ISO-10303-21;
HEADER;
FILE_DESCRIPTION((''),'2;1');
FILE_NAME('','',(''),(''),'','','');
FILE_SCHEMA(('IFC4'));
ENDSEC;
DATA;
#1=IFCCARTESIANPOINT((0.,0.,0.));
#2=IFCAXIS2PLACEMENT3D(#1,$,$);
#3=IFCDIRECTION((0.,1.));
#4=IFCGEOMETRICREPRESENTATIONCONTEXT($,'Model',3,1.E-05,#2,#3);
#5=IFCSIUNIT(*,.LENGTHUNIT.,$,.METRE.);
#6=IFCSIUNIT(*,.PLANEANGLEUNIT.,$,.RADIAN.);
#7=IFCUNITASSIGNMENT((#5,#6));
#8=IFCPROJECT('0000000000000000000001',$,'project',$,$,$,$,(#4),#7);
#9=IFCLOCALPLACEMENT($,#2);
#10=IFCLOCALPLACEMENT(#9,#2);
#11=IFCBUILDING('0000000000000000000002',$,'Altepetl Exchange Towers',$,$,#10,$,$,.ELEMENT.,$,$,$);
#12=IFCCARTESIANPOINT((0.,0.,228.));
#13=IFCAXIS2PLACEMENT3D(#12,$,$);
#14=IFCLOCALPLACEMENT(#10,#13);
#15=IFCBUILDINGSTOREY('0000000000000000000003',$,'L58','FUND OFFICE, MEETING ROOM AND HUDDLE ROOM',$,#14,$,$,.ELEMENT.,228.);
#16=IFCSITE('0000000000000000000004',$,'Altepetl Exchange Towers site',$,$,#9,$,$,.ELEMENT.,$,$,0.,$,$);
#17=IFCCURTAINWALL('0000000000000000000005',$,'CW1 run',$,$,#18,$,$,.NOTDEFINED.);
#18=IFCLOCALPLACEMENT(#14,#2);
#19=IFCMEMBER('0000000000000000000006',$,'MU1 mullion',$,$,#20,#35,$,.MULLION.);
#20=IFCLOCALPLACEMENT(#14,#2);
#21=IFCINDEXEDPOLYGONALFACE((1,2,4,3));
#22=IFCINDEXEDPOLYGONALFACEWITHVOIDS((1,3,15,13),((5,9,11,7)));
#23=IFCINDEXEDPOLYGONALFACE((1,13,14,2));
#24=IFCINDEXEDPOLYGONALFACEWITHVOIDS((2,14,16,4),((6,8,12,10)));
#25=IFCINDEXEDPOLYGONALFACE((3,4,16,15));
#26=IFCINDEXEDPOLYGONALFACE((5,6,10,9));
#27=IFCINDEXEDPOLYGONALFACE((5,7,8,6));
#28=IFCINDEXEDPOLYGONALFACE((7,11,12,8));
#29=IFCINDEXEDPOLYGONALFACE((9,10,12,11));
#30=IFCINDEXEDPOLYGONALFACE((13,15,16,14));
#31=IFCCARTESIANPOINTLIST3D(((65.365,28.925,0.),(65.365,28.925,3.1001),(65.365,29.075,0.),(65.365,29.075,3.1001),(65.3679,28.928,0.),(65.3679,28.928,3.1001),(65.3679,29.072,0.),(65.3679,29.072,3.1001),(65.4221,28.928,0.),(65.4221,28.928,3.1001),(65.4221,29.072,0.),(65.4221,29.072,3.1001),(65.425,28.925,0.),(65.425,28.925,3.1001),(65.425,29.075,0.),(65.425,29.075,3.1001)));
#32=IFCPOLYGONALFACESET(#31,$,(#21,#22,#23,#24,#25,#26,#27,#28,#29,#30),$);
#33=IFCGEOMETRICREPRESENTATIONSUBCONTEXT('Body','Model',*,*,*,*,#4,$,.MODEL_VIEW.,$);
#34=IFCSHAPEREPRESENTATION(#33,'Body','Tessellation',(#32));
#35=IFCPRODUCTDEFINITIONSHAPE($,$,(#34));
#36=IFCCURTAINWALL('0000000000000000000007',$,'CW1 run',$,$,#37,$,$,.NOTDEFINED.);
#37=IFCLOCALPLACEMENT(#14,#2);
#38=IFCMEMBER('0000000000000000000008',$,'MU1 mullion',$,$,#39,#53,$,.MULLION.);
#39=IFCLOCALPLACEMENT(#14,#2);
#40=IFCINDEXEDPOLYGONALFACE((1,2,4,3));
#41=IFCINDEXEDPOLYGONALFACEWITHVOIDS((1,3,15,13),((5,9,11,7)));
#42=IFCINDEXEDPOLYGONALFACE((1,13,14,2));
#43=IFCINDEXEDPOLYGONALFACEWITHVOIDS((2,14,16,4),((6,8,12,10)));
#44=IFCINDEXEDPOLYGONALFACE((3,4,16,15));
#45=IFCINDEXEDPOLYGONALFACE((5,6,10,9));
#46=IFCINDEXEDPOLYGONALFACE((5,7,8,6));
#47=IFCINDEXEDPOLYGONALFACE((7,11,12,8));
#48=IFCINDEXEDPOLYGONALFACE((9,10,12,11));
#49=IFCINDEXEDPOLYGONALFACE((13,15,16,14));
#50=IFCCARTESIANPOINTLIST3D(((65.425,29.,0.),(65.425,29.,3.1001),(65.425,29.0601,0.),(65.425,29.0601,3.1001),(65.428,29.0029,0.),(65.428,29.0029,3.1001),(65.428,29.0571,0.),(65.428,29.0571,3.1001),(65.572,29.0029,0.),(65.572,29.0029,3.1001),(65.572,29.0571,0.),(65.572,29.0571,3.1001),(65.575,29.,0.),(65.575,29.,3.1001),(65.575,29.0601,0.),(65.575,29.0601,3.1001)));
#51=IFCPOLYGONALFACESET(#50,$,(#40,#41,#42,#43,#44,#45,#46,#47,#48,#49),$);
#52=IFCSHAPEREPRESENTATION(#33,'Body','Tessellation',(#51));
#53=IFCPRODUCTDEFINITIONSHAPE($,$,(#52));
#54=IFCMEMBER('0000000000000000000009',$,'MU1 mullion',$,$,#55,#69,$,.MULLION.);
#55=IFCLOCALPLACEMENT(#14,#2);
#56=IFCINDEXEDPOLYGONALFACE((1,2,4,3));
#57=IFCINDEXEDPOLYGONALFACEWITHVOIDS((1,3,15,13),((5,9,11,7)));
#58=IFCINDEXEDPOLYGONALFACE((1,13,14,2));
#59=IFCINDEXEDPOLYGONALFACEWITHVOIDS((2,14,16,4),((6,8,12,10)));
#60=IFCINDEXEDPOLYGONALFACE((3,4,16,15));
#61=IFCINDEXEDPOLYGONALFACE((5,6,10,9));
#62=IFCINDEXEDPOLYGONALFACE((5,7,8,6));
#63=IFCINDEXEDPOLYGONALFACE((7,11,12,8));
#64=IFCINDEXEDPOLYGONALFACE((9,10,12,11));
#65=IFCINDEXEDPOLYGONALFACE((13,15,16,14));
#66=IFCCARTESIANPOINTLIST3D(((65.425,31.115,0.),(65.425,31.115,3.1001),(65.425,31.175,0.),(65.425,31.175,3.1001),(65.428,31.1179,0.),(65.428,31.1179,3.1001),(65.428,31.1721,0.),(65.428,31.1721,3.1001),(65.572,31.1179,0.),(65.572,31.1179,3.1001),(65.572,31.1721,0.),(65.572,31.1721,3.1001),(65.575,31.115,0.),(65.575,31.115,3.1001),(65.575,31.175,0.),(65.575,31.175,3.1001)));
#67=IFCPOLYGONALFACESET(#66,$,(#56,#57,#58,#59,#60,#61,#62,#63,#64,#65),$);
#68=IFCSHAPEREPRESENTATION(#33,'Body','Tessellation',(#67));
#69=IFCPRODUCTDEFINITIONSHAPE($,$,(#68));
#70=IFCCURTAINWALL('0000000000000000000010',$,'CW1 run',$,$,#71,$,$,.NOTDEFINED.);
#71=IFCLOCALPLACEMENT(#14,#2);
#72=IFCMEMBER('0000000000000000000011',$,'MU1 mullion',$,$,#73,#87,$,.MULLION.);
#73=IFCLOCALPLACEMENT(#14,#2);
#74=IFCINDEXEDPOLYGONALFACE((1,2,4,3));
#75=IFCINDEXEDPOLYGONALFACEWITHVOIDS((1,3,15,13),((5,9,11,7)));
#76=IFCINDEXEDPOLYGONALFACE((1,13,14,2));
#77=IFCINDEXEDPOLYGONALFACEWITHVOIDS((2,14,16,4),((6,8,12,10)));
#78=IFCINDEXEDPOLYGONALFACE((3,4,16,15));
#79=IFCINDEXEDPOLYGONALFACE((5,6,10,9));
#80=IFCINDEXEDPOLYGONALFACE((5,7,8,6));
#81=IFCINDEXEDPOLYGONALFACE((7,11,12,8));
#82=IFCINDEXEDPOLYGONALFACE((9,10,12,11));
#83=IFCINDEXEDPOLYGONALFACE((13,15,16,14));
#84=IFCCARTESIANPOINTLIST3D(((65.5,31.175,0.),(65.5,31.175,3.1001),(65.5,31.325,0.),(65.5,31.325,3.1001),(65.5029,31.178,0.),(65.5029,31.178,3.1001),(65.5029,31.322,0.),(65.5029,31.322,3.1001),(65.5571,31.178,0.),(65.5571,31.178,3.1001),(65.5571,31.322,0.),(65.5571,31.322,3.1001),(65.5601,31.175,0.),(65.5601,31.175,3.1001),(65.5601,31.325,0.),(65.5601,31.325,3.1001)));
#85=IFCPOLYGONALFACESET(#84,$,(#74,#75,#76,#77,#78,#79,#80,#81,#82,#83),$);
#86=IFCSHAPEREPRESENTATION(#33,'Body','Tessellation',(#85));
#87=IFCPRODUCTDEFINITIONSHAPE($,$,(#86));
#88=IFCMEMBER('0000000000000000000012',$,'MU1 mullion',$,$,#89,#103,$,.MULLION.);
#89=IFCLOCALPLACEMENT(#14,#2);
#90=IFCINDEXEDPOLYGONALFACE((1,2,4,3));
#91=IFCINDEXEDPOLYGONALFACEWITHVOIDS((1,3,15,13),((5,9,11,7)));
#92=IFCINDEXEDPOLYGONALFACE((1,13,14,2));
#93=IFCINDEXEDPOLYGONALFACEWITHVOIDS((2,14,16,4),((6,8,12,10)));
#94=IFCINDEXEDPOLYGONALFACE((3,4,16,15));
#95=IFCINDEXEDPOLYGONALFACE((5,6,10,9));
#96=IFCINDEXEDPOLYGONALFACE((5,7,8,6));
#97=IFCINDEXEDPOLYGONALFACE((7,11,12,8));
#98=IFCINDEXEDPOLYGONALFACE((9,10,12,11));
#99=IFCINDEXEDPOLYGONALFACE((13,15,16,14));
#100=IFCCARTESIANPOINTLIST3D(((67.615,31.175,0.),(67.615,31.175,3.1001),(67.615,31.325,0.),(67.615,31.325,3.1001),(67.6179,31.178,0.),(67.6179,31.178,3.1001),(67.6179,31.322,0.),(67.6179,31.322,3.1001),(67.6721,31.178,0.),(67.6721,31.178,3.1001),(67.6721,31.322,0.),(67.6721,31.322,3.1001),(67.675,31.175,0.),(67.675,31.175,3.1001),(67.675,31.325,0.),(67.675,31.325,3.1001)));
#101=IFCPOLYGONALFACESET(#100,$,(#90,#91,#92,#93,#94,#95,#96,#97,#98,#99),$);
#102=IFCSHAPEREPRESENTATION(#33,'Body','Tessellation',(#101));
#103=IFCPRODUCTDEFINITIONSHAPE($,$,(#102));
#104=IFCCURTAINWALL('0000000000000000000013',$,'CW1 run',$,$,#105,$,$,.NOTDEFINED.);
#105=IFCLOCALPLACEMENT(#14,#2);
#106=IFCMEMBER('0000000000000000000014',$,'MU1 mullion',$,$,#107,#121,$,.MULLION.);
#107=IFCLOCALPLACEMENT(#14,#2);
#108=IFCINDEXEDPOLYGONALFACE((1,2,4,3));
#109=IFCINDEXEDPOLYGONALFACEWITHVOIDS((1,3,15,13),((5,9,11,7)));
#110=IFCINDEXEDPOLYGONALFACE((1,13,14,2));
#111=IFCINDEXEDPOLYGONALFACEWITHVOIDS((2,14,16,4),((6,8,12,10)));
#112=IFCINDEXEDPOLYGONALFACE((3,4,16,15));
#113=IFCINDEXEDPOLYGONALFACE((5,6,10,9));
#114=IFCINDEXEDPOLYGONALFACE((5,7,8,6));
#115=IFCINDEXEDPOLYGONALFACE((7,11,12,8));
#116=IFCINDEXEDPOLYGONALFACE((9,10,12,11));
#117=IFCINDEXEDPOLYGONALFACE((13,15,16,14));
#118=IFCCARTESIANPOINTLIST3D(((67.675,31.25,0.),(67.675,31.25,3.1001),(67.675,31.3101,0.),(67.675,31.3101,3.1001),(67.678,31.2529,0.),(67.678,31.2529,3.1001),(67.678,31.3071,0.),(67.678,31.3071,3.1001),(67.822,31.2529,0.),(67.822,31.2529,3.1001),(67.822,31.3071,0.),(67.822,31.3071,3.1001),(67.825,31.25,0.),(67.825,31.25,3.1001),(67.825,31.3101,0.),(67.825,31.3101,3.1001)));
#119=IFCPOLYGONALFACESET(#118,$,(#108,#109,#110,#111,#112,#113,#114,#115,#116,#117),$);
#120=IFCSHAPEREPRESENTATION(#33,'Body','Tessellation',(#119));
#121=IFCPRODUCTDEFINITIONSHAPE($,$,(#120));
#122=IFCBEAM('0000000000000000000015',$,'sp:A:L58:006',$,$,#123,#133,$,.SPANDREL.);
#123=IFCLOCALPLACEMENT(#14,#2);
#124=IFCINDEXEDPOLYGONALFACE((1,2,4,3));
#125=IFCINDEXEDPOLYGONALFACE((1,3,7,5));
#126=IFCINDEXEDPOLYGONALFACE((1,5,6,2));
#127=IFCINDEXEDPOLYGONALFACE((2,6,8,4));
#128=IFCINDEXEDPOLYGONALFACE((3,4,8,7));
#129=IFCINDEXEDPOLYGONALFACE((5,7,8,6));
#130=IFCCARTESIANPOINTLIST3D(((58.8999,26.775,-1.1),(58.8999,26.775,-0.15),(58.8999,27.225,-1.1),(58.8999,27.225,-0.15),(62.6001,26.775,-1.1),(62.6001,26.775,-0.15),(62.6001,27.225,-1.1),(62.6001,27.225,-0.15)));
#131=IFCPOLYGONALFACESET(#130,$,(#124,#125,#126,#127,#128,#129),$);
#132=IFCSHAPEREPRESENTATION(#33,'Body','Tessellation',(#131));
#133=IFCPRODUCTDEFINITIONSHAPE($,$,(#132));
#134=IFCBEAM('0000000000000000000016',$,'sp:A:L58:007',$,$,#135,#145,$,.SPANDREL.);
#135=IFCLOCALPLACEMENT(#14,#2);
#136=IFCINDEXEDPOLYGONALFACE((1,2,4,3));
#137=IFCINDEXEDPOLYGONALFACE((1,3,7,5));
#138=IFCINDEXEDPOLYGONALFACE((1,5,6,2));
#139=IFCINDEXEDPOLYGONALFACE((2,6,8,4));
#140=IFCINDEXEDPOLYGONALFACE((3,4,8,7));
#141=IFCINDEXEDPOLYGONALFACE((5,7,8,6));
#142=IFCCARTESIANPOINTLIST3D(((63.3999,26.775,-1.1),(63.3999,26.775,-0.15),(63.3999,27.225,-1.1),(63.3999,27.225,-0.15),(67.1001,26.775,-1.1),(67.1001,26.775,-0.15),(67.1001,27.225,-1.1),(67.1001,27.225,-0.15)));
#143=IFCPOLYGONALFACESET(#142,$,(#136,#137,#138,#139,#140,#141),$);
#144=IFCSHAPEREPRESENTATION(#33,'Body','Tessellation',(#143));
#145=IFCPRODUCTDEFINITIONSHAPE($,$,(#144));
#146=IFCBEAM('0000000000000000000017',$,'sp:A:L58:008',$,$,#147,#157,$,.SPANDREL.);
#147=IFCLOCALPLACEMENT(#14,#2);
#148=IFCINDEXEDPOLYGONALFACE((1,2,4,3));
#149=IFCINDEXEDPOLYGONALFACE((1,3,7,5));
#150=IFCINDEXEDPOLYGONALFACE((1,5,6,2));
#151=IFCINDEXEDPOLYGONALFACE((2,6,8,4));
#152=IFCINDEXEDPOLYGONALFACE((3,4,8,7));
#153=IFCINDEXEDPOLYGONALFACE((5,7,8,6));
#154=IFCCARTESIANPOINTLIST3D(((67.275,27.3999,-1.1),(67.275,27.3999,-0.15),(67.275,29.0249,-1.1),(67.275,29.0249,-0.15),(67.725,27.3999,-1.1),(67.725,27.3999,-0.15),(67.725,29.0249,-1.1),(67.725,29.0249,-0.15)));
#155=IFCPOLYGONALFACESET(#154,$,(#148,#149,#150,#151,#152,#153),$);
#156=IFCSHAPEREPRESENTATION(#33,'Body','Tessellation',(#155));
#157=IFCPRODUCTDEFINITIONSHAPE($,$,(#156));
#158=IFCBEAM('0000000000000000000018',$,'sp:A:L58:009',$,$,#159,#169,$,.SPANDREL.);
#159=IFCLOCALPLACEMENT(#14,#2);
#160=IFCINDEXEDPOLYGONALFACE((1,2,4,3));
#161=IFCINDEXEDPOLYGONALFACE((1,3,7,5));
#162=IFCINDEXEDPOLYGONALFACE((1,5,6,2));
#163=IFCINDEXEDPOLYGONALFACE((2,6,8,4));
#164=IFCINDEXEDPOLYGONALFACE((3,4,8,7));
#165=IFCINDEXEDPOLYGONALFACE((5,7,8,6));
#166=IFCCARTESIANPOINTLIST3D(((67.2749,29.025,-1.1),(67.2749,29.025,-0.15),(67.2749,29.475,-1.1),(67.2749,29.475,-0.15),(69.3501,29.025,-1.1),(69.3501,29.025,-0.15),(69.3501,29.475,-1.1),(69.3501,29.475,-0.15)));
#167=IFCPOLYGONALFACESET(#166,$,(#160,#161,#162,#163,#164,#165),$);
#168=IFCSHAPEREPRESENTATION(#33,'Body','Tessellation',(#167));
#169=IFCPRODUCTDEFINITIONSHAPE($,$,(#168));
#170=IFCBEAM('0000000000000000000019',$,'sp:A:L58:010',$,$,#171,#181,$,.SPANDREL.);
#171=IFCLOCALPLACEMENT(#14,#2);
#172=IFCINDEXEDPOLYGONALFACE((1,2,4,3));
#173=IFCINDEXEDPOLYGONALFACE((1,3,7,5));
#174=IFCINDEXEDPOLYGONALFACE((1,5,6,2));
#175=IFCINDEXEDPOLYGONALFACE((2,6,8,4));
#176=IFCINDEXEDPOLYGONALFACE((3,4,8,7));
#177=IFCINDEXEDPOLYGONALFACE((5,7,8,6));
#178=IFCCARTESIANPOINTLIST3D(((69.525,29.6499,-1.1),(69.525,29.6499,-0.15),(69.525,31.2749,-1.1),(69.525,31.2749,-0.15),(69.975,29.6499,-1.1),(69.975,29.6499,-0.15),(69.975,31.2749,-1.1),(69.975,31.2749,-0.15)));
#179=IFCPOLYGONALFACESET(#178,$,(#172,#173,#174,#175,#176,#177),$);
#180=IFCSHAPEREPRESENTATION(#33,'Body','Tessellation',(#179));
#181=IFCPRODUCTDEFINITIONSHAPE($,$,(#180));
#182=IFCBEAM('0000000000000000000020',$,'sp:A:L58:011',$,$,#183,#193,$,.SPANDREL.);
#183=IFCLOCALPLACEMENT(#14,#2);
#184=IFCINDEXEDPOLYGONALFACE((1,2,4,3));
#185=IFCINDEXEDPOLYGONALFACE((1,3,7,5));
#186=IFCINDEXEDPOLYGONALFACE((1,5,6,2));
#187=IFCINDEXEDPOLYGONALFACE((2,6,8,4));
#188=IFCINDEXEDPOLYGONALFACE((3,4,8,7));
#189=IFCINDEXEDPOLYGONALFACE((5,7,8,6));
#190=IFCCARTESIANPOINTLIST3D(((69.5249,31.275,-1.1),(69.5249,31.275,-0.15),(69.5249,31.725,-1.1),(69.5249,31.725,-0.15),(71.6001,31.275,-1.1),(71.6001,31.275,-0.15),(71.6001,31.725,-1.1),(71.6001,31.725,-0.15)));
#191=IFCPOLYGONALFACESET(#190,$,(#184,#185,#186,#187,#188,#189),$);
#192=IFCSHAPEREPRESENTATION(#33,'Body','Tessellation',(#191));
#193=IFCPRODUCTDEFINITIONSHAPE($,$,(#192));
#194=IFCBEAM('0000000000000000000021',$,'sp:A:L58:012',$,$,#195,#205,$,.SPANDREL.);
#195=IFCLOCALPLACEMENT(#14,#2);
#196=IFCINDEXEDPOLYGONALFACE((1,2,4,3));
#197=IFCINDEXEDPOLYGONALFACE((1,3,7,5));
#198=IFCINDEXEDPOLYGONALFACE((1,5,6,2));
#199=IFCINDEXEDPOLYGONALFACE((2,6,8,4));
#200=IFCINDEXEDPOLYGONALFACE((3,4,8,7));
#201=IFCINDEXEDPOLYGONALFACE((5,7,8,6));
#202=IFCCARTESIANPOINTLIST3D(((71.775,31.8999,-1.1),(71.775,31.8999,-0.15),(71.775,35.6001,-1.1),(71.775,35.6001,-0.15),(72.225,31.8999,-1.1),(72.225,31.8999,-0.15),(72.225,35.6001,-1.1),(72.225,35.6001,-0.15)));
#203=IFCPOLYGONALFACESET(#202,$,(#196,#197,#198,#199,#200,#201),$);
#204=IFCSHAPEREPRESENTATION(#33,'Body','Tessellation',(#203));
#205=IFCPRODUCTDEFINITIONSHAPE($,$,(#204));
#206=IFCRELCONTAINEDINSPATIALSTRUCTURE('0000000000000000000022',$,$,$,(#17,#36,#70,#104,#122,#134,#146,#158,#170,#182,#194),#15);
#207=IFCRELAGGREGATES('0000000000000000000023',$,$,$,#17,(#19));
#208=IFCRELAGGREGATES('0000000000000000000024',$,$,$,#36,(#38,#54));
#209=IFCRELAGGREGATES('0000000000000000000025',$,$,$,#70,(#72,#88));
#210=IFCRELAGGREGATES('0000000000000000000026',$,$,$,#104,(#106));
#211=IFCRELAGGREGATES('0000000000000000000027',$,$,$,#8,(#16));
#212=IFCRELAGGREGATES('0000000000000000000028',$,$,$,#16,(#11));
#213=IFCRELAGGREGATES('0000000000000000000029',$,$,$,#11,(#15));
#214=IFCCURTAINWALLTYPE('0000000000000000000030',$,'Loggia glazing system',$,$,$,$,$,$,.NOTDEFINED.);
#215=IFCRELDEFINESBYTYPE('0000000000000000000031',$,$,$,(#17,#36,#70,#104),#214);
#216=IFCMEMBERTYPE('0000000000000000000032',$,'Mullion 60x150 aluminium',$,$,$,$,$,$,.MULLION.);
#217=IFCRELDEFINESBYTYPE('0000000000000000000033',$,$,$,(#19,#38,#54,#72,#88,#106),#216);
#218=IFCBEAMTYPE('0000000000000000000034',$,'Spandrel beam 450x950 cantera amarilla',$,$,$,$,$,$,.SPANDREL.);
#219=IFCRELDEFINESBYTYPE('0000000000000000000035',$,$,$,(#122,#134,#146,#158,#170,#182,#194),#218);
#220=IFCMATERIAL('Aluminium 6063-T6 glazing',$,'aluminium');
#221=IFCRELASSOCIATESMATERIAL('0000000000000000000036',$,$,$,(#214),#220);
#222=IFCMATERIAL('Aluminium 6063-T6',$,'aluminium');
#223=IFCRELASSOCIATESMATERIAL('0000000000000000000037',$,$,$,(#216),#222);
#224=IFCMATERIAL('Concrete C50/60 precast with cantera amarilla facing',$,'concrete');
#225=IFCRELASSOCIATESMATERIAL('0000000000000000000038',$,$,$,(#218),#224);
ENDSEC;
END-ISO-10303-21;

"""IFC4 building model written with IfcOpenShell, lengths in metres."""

from ifc_helpers import new_model, si_unit, direction, frame, origin, origin_2d, place, context, subcontext, project, spatial, rectangle, hollow_rectangle, extrude, material, material_profile, profile_set, type_object, element, aggregate, save


model = new_model("IFC4")

# Units and contexts
model_context = context("Model", 3, precision=1e-05, world=origin(), true_north=direction((0.0, 1.0)))
body_context = subcontext(model_context, "Body", "Model", "MODEL_VIEW")
ifc_project = project(units=[si_unit("LENGTHUNIT", "METRE"), si_unit("PLANEANGLEUNIT", "RADIAN")], contexts=[model_context])

# Site, building, storey
site_placement = place(None, origin())
site = spatial("IfcSite", under=ifc_project, at=site_placement, Name="Altepetl Exchange Towers site", CompositionType="ELEMENT", RefElevation=0.0)
building_placement = place(site_placement, origin())
building = spatial("IfcBuilding", under=site, at=building_placement, Name="Altepetl Exchange Towers", CompositionType="ELEMENT")
storey_placement = place(building_placement, frame((0.0, 0.0, 228.0)))
storey = spatial("IfcBuildingStorey", under=building, at=storey_placement, Name="L58", Description="FUND OFFICE, MEETING ROOM AND HUDDLE ROOM", CompositionType="ELEMENT", Elevation=228.0)

# Curtain walls, members
ifc_material_1 = material(Name="Aluminium 6063-T6 glazing", Category="aluminium")
curtain_wall_type = type_object("IfcCurtainWallType", Name="Loggia glazing system", PredefinedType="NOTDEFINED", material=ifc_material_1)
curtain_wall_1_placement = place(storey_placement, origin())
curtain_wall_1 = element("IfcCurtainWall", 1, at=curtain_wall_1_placement, inside=storey, type_object=curtain_wall_type, Name="CW1 run", PredefinedType="NOTDEFINED")
ifc_material_2 = material(Name="Aluminium 6063-T6", Category="aluminium")
ifc_material_profile_1 = material_profile(ifc_material_2, hollow_rectangle(XDim=0.0601, YDim=0.1499, WallThickness=0.0029, at=origin_2d()), Name="Mullion 60x150 aluminium")
ifc_profile_set_1 = profile_set([ifc_material_profile_1], Name="Aluminium 6063-T6")
member_type = type_object("IfcMemberType", Name="Mullion 60x150 aluminium", PredefinedType="MULLION", material=ifc_profile_set_1)
member_1_placement = place(storey_placement, frame((65.395, 29.0, 0.0)))
member_1 = element("IfcMember", 2, at=member_1_placement, type_object=member_type, Name="MU1 mullion", PredefinedType="MULLION", context=body_context, shape_type="SweptSolid", body=[
    extrude(hollow_rectangle(XDim=0.0601, YDim=0.1499, WallThickness=0.0029, at=origin_2d()), origin(), (0.0, 0.0, 1.0), 3.1001),
])
curtain_wall_2_placement = place(storey_placement, origin())
curtain_wall_2 = element("IfcCurtainWall", 3, at=curtain_wall_2_placement, inside=storey, type_object=curtain_wall_type, Name="CW1 run", PredefinedType="NOTDEFINED")
member_2_placement = place(storey_placement, frame((65.5, 29.03, 0.0), z_axis=(0.0, 0.0, 1.0), x_axis=(0.0, 1.0, 0.0)))
member_2 = element("IfcMember", 4, at=member_2_placement, type_object=member_type, Name="MU1 mullion", PredefinedType="MULLION", context=body_context, shape_type="SweptSolid", body=[
    extrude(hollow_rectangle(XDim=0.0601, YDim=0.1499, WallThickness=0.0029, at=origin_2d()), origin(), (0.0, 0.0, 1.0), 3.1001),
])
member_3_placement = place(storey_placement, frame((65.5, 31.145, 0.0), z_axis=(0.0, 0.0, 1.0), x_axis=(0.0, 1.0, 0.0)))
member_3 = element("IfcMember", 5, at=member_3_placement, type_object=member_type, Name="MU1 mullion", PredefinedType="MULLION", context=body_context, shape_type="SweptSolid", body=[
    extrude(hollow_rectangle(XDim=0.0601, YDim=0.1499, WallThickness=0.0029, at=origin_2d()), origin(), (0.0, 0.0, 1.0), 3.1001),
])
curtain_wall_3_placement = place(storey_placement, origin())
curtain_wall_3 = element("IfcCurtainWall", 6, at=curtain_wall_3_placement, inside=storey, type_object=curtain_wall_type, Name="CW1 run", PredefinedType="NOTDEFINED")
member_4_placement = place(storey_placement, frame((65.53, 31.25, 0.0)))
member_4 = element("IfcMember", 7, at=member_4_placement, type_object=member_type, Name="MU1 mullion", PredefinedType="MULLION", context=body_context, shape_type="SweptSolid", body=[
    extrude(hollow_rectangle(XDim=0.0601, YDim=0.1499, WallThickness=0.0029, at=origin_2d()), origin(), (0.0, 0.0, 1.0), 3.1001),
])
member_5_placement = place(storey_placement, frame((67.645, 31.25, 0.0)))
member_5 = element("IfcMember", 8, at=member_5_placement, type_object=member_type, Name="MU1 mullion", PredefinedType="MULLION", context=body_context, shape_type="SweptSolid", body=[
    extrude(hollow_rectangle(XDim=0.0601, YDim=0.1499, WallThickness=0.0029, at=origin_2d()), origin(), (0.0, 0.0, 1.0), 3.1001),
])

# Curtain wall, member
curtain_wall_4_placement = place(storey_placement, origin())
curtain_wall_4 = element("IfcCurtainWall", 9, at=curtain_wall_4_placement, inside=storey, type_object=curtain_wall_type, Name="CW1 run", PredefinedType="NOTDEFINED")
member_6_placement = place(storey_placement, frame((67.75, 31.28, 0.0), z_axis=(0.0, 0.0, 1.0), x_axis=(0.0, 1.0, 0.0)))
member_6 = element("IfcMember", 10, at=member_6_placement, type_object=member_type, Name="MU1 mullion", PredefinedType="MULLION", context=body_context, shape_type="SweptSolid", body=[
    extrude(hollow_rectangle(XDim=0.0601, YDim=0.1499, WallThickness=0.0029, at=origin_2d()), origin(), (0.0, 0.0, 1.0), 3.1001),
])

# Beams
ifc_material_3 = material(Name="Concrete C50/60 precast with cantera amarilla facing", Category="concrete")
ifc_material_profile_2 = material_profile(ifc_material_3, rectangle(XDim=0.45, YDim=0.95, at=origin_2d()), Name="450 x 950")
ifc_profile_set_2 = profile_set([ifc_material_profile_2], Name="Concrete C50/60 precast with cantera amarilla facing")
beam_type_1 = type_object("IfcBeamType", Name="Spandrel beam 450x950 cantera amarilla", PredefinedType="SPANDREL", material=ifc_profile_set_2)
for number, where, z_axis, x_axis, name in (
    (11, (58.8999, 27.0, -0.625), (1.0, 0.0, 0.0), (0.0, 1.0, 0.0), "sp:A:L58:006"),
    (12, (63.3999, 27.0, -0.625), (1.0, 0.0, 0.0), (0.0, 1.0, 0.0), "sp:A:L58:007"),
):
    element("IfcBeam", number, at=place(storey_placement, frame(where, z_axis=z_axis, x_axis=x_axis)), inside=storey, type_object=beam_type_1, Name=name, PredefinedType="SPANDREL", context=body_context, shape_type="SweptSolid", body=[
        extrude(rectangle(XDim=0.45, YDim=0.95, at=origin_2d()), origin(), (0.0, 0.0, 1.0), 3.7002),
    ])
beam_1_placement = place(storey_placement, frame((67.5, 27.3999, -0.625), z_axis=(0.0, 1.0, 0.0), x_axis=(-1.0, 0.0, 0.0)))
element("IfcBeam", 13, at=beam_1_placement, inside=storey, type_object=beam_type_1, Name="sp:A:L58:008", PredefinedType="SPANDREL", context=body_context, shape_type="SweptSolid", body=[
    extrude(rectangle(XDim=0.45, YDim=0.95, at=origin_2d()), origin(), (0.0, 0.0, 1.0), 1.625),
])
beam_2_placement = place(storey_placement, frame((67.2749, 29.25, -0.625), z_axis=(1.0, 0.0, 0.0), x_axis=(0.0, 1.0, 0.0)))
element("IfcBeam", 14, at=beam_2_placement, inside=storey, type_object=beam_type_1, Name="sp:A:L58:009", PredefinedType="SPANDREL", context=body_context, shape_type="SweptSolid", body=[
    extrude(rectangle(XDim=0.45, YDim=0.95, at=origin_2d()), origin(), (0.0, 0.0, 1.0), 2.0752),
])
beam_3_placement = place(storey_placement, frame((69.75, 29.6499, -0.625), z_axis=(0.0, 1.0, 0.0), x_axis=(-1.0, 0.0, 0.0)))
element("IfcBeam", 15, at=beam_3_placement, inside=storey, type_object=beam_type_1, Name="sp:A:L58:010", PredefinedType="SPANDREL", context=body_context, shape_type="SweptSolid", body=[
    extrude(rectangle(XDim=0.45, YDim=0.95, at=origin_2d()), origin(), (0.0, 0.0, 1.0), 1.625),
])
beam_4_placement = place(storey_placement, frame((69.5249, 31.5, -0.625), z_axis=(1.0, 0.0, 0.0), x_axis=(0.0, 1.0, 0.0)))
element("IfcBeam", 16, at=beam_4_placement, inside=storey, type_object=beam_type_1, Name="sp:A:L58:011", PredefinedType="SPANDREL", context=body_context, shape_type="SweptSolid", body=[
    extrude(rectangle(XDim=0.45, YDim=0.95, at=origin_2d()), origin(), (0.0, 0.0, 1.0), 2.0752),
])
beam_5_placement = place(storey_placement, frame((72.0, 31.8999, -0.625), z_axis=(0.0, 1.0, 0.0), x_axis=(-1.0, 0.0, 0.0)))
element("IfcBeam", 17, at=beam_5_placement, inside=storey, type_object=beam_type_1, Name="sp:A:L58:012", PredefinedType="SPANDREL", context=body_context, shape_type="SweptSolid", body=[
    extrude(rectangle(XDim=0.45, YDim=0.95, at=origin_2d()), origin(), (0.0, 0.0, 1.0), 3.7002),
])

aggregate(curtain_wall_1, [member_1])
aggregate(curtain_wall_2, [member_2, member_3])
aggregate(curtain_wall_3, [member_4, member_5])
aggregate(curtain_wall_4, [member_6])

save(model, "model.ifc")
